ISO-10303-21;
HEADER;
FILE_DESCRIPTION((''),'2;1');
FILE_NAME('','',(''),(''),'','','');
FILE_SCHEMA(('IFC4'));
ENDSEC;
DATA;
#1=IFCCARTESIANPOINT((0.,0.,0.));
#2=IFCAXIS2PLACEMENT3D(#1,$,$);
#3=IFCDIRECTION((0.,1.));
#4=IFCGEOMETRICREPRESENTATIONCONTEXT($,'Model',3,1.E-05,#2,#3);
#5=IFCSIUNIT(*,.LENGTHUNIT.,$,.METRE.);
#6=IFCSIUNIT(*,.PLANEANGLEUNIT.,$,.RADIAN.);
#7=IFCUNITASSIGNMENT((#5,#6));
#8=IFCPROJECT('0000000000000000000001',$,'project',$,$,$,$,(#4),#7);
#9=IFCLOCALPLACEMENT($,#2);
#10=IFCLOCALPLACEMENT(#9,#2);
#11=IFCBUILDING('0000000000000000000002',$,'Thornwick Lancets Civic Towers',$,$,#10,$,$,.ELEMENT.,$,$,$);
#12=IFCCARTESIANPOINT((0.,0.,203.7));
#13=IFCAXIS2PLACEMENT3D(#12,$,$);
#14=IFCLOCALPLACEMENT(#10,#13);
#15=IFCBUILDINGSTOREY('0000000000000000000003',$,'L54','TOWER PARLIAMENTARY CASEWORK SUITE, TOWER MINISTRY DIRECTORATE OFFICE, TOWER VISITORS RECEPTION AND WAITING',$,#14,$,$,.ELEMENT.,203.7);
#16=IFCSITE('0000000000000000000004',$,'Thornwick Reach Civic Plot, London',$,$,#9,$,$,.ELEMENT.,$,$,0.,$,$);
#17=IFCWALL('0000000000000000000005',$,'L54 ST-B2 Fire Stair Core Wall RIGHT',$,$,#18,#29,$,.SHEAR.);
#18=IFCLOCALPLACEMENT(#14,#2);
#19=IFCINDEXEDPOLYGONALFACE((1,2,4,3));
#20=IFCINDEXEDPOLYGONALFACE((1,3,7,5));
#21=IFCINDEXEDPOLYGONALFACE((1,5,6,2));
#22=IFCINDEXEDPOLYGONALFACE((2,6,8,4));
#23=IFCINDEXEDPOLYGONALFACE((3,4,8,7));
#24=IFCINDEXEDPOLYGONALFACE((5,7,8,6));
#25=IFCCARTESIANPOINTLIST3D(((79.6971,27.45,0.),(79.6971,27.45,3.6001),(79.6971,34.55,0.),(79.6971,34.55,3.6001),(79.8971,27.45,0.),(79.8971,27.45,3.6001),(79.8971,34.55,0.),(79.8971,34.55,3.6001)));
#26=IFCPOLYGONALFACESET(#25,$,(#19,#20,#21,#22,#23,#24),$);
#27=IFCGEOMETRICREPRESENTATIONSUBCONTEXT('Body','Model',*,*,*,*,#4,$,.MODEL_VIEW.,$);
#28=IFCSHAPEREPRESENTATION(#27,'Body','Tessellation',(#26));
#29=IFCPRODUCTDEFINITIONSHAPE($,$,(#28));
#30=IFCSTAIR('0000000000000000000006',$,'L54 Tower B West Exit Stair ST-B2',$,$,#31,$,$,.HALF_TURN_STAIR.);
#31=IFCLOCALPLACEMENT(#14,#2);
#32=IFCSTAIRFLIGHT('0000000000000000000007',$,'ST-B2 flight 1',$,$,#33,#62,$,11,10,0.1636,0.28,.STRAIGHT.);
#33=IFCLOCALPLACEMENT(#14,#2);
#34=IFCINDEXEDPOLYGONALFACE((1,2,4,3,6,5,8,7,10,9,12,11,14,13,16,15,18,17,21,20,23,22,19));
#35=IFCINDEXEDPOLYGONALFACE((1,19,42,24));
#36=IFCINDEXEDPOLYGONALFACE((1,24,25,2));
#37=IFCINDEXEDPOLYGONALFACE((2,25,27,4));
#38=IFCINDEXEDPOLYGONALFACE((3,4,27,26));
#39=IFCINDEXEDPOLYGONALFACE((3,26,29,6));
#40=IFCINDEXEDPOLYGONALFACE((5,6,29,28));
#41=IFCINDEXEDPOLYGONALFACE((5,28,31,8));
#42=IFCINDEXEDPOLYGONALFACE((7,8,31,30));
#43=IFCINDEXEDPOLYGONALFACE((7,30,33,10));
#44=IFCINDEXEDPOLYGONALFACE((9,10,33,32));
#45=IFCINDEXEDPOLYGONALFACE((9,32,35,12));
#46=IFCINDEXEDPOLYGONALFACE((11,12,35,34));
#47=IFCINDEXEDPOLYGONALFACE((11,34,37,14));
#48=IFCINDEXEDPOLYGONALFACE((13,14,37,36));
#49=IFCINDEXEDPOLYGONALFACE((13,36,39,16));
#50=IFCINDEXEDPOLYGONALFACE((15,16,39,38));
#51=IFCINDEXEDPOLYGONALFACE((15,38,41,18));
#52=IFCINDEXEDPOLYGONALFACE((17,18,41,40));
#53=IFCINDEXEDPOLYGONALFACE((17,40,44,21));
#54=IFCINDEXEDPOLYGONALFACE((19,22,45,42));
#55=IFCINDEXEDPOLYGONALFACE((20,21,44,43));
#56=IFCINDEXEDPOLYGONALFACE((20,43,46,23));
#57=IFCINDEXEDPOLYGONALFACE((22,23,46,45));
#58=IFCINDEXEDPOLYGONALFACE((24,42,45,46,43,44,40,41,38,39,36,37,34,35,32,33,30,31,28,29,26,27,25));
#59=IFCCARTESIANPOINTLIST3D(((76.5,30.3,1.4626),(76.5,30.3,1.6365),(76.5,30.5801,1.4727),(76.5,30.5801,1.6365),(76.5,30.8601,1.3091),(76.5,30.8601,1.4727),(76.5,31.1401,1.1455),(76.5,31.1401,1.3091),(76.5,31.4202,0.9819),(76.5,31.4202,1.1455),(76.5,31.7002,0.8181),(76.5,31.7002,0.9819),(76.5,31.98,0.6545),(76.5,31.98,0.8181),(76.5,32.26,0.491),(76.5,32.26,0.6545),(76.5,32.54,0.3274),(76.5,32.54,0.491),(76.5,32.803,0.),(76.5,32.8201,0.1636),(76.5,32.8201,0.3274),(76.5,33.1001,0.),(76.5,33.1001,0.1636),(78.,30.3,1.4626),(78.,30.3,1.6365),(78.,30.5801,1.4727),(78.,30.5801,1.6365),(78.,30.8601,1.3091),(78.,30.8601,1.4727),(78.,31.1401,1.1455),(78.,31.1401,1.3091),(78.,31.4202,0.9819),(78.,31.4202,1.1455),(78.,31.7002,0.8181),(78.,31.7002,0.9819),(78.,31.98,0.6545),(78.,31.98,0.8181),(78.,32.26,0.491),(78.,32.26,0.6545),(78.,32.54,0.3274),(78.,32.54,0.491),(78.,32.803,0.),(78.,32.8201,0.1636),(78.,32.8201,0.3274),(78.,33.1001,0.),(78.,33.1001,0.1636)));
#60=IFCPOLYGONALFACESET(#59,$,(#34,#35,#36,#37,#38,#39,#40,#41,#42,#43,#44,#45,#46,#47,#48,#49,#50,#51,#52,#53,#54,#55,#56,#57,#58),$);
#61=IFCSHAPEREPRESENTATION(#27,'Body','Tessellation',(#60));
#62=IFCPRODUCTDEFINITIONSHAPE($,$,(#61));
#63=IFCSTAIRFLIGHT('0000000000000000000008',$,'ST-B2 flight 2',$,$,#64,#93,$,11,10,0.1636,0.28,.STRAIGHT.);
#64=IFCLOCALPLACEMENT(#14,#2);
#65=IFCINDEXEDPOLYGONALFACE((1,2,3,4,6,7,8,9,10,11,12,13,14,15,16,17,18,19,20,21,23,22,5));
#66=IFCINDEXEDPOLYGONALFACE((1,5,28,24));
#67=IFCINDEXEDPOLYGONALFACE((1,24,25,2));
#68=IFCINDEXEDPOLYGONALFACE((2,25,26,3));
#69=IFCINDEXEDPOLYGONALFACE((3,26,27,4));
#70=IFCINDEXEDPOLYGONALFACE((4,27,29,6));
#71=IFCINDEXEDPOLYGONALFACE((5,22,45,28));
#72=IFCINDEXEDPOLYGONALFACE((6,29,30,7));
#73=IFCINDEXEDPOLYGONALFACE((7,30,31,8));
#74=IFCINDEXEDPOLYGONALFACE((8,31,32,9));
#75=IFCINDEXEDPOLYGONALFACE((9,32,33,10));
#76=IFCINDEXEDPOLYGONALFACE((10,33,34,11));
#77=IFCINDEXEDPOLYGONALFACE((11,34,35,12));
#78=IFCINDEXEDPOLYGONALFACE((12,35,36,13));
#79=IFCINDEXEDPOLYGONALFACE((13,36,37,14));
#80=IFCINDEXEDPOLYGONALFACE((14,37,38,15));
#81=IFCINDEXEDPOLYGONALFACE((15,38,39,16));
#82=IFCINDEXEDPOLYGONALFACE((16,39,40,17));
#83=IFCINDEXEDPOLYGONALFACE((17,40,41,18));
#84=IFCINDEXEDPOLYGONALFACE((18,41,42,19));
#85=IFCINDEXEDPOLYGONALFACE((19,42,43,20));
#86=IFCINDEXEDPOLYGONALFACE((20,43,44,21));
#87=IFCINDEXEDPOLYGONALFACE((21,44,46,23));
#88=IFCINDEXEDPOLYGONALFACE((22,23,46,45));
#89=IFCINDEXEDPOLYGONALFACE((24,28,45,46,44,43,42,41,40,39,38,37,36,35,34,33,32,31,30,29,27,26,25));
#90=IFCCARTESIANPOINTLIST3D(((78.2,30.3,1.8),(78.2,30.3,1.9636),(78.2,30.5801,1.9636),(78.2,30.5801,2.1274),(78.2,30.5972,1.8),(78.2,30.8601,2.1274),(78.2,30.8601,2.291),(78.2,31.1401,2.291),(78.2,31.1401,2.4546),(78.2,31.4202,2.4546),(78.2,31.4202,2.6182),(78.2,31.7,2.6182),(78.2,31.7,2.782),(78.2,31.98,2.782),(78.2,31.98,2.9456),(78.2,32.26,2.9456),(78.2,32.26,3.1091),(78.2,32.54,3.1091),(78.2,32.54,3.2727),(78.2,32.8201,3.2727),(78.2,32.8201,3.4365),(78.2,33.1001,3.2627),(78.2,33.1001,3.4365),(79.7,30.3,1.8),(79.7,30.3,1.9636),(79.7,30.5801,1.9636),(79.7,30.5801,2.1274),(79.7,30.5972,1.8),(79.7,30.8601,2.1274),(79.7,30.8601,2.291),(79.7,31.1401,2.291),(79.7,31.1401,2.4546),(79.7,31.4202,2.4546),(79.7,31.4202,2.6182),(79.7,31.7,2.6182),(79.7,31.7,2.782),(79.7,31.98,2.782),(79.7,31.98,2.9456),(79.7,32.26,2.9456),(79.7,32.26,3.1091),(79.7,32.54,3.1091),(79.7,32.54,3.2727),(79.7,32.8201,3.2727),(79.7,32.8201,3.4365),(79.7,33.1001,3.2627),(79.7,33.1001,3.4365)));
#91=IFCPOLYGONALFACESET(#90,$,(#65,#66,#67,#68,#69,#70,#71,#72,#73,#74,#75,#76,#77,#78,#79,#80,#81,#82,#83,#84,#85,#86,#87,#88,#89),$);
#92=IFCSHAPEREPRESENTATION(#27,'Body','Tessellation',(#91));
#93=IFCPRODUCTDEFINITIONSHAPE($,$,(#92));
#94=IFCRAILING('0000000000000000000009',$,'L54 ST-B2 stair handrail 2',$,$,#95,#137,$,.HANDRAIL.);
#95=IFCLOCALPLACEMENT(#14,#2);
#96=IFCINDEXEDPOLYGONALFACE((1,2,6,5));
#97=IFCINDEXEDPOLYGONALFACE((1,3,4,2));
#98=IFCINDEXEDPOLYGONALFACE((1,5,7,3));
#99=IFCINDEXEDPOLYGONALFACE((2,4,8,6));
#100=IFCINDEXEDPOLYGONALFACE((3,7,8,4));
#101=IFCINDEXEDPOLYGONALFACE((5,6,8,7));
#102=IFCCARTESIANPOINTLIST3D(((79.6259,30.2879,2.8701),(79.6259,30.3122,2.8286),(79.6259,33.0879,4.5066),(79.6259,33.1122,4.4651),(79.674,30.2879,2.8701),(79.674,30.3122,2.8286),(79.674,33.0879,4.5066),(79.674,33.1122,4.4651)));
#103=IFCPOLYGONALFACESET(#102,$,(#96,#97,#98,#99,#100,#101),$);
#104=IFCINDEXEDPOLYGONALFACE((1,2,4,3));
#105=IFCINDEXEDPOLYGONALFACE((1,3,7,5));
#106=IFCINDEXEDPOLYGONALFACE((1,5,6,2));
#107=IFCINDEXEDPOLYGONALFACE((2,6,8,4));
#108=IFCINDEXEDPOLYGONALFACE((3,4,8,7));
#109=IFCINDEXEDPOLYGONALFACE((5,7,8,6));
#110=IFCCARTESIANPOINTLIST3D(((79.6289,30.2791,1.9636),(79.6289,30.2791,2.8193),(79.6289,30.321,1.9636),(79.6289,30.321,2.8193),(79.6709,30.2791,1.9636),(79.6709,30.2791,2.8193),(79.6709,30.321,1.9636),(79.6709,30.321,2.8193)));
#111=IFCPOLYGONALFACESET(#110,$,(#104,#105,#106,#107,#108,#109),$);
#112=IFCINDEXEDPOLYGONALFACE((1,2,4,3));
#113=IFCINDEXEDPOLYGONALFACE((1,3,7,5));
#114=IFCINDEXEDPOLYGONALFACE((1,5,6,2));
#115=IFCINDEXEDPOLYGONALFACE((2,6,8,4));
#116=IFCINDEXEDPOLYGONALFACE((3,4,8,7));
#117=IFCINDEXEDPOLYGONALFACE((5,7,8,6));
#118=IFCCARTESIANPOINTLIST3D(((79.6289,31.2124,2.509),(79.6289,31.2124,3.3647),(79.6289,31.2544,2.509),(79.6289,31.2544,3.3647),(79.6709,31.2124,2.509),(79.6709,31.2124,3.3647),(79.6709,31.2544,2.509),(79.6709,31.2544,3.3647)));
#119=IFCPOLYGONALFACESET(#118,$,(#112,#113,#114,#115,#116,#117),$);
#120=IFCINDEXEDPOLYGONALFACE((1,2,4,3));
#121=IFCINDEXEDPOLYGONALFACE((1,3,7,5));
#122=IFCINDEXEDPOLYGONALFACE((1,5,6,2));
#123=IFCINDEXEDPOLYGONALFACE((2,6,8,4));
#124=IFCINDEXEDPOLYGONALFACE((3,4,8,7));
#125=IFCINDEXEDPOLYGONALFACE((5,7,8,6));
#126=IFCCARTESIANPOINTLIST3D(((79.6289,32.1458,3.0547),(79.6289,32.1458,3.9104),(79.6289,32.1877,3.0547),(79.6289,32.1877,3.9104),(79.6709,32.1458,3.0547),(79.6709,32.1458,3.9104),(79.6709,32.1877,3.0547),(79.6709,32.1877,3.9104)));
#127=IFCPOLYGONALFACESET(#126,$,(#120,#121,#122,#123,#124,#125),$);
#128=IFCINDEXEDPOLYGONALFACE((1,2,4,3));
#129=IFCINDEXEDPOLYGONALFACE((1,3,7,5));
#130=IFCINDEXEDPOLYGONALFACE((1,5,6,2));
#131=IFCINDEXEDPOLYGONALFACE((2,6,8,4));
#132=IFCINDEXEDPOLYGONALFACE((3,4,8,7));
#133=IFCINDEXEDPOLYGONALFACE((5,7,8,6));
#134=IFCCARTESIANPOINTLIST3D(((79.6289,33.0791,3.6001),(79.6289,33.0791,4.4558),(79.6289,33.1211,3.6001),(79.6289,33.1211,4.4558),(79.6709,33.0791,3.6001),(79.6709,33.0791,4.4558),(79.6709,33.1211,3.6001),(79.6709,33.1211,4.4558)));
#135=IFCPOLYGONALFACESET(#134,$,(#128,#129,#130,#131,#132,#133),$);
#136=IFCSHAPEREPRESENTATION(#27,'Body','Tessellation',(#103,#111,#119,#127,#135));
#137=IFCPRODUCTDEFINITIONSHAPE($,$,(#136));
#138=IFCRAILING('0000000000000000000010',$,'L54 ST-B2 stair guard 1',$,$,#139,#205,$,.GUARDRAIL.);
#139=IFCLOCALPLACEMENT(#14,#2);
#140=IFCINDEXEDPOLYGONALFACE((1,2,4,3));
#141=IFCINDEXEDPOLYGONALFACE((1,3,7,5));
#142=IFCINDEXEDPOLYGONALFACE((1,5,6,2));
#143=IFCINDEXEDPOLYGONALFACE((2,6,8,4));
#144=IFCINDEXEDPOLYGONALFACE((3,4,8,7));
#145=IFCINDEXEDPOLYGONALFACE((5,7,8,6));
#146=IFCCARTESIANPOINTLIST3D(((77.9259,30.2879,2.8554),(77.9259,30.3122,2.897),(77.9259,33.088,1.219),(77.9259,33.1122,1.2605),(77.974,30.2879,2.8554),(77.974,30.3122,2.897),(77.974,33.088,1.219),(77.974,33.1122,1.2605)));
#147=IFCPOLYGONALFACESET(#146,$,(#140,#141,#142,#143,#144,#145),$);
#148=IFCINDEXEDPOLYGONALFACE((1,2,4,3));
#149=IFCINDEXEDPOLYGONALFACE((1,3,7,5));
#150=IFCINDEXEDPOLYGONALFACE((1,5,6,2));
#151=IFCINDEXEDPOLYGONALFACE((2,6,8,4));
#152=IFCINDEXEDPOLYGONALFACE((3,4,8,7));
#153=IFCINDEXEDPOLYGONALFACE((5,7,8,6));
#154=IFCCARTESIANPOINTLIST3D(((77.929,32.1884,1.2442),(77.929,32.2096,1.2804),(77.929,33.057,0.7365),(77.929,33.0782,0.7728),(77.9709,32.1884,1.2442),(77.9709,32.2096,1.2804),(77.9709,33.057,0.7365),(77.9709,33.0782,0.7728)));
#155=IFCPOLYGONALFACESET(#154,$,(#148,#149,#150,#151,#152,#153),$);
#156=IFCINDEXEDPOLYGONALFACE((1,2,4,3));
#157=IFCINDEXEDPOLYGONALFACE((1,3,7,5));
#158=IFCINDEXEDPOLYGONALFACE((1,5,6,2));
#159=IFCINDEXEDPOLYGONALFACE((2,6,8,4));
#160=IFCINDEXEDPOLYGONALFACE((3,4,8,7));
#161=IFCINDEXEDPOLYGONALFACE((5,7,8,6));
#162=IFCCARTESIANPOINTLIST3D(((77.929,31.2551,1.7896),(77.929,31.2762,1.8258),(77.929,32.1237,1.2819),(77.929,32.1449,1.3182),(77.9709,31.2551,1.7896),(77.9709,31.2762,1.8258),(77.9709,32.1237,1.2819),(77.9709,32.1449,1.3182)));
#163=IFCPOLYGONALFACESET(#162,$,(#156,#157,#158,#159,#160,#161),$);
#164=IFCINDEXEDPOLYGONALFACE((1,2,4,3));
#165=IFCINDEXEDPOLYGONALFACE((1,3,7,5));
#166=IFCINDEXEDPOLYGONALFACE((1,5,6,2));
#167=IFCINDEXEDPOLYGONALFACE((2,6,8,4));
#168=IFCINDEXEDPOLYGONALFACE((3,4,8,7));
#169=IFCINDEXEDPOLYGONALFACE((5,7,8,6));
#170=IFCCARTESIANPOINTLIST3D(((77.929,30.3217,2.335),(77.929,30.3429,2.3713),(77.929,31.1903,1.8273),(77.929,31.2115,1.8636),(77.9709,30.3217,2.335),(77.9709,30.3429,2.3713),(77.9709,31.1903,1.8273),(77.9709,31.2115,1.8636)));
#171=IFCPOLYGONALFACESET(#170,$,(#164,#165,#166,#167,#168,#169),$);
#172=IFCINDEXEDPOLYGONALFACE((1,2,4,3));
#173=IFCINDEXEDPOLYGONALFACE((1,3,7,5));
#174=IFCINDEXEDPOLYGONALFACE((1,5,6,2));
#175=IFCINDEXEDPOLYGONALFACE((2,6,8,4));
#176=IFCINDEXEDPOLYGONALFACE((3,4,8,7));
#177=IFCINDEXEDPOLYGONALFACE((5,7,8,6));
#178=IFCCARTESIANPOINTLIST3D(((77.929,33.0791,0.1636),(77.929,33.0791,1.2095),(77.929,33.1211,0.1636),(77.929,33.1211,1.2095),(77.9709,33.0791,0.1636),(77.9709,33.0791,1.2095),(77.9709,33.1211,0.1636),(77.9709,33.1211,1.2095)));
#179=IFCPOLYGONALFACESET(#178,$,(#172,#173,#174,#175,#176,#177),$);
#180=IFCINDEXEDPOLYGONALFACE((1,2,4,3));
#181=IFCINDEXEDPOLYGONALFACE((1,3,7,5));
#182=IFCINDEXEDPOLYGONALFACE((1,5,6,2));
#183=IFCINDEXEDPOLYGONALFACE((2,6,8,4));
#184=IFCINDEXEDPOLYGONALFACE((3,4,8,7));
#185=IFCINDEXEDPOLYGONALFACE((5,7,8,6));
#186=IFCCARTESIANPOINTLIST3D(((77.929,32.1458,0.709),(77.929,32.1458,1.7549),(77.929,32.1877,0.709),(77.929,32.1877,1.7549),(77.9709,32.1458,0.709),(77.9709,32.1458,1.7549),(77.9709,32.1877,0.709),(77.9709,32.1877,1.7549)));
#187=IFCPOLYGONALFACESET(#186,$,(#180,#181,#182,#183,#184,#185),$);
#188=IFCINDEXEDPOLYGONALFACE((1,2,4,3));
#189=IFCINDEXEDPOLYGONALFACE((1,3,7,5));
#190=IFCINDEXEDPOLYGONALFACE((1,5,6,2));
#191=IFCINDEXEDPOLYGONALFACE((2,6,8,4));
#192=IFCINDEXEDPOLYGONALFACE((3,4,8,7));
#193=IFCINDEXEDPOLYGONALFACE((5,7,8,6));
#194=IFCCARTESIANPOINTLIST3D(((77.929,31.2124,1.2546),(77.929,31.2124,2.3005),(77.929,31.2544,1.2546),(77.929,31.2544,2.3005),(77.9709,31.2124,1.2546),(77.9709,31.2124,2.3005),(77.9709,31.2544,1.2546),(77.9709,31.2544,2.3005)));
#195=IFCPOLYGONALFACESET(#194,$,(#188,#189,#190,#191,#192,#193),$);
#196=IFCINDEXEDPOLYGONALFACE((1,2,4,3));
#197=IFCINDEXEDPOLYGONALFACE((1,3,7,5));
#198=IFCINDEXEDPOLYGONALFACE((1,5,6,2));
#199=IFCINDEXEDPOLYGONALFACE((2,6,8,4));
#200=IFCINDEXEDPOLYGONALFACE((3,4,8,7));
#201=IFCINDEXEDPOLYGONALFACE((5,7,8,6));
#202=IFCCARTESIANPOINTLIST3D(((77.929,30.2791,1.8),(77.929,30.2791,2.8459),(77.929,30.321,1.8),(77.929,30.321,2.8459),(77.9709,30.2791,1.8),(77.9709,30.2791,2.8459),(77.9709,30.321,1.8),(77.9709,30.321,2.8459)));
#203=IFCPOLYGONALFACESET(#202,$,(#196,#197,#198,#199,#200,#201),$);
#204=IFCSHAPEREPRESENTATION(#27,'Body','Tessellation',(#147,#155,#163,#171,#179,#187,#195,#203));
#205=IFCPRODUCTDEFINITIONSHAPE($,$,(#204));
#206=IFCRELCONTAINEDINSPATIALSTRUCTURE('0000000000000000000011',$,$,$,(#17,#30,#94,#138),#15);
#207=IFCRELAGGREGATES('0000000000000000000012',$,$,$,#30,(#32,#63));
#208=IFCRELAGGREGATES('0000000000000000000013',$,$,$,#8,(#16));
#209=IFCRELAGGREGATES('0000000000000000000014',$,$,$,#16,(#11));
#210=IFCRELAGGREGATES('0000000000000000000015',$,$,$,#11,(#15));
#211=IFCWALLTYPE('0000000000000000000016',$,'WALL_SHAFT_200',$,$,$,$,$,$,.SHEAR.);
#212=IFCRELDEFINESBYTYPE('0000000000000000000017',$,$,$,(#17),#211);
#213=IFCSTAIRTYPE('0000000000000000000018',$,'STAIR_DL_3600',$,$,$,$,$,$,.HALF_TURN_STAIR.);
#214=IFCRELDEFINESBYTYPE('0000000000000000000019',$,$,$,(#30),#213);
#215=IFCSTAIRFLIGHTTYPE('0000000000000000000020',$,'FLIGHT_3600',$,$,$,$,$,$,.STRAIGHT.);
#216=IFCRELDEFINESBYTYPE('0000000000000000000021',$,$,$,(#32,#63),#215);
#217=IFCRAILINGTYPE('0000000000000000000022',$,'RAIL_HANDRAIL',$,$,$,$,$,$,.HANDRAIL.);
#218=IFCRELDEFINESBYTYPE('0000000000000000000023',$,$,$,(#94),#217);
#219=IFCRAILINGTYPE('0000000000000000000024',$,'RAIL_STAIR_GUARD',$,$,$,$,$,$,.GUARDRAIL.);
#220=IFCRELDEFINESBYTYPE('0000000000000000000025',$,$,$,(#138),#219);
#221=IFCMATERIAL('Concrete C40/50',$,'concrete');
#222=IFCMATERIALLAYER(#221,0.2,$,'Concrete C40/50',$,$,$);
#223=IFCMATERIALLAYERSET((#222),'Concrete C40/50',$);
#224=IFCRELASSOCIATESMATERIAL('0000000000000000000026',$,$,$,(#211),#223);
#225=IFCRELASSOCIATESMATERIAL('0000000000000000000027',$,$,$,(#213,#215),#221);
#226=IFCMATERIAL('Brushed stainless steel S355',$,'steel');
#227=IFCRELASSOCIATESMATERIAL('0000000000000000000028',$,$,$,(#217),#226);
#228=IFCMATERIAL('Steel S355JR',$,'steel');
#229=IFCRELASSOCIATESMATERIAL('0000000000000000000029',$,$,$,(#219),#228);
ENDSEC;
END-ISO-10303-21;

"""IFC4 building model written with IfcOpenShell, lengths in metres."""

from ifc_helpers import new_model, si_unit, direction, frame, frame_2d, origin, origin_2d, place, context, subcontext, project, spatial, polyline, rectangle, outline, extrude, material, layer, layer_set, type_object, element, aggregate, save


model = new_model("IFC4")

# Units and contexts
model_context = context("Model", 3, precision=1e-05, world=origin(), true_north=direction((0.0, 1.0)))
body_context = subcontext(model_context, "Body", "Model", "MODEL_VIEW")
ifc_project = project(units=[si_unit("LENGTHUNIT", "METRE"), si_unit("PLANEANGLEUNIT", "RADIAN")], contexts=[model_context])

# Site, building, storey
site_placement = place(None, origin())
site = spatial("IfcSite", under=ifc_project, at=site_placement, Name="Thornwick Reach Civic Plot, London", CompositionType="ELEMENT", RefElevation=0.0)
building_placement = place(site_placement, origin())
building = spatial("IfcBuilding", under=site, at=building_placement, Name="Thornwick Lancets Civic Towers", CompositionType="ELEMENT")
storey_placement = place(building_placement, frame((0.0, 0.0, 203.7)))
storey = spatial("IfcBuildingStorey", under=building, at=storey_placement, Name="L54", Description="TOWER PARLIAMENTARY CASEWORK SUITE, TOWER MINISTRY DIRECTORATE OFFICE, TOWER VISITORS RECEPTION AND WAITING", CompositionType="ELEMENT", Elevation=203.7)

# Shared definitions
ifc_material_1 = material(Name="Steel S355JR", Category="steel")

# Shared definitions
ifc_material_2 = material(Name="Concrete C40/50", Category="concrete")
ifc_layer_1 = layer(ifc_material_2, 0.2, Name="Concrete C40/50")
ifc_layer_set_1 = layer_set([ifc_layer_1], Name="Concrete C40/50")
wall_type_1 = type_object("IfcWallType", Name="WALL_SHAFT_200", PredefinedType="SHEAR", material=ifc_layer_set_1)

# Wall
wall_1_placement = place(storey_placement, frame((79.7971, 27.45, 0.0), z_axis=(0.0, 0.0, 1.0), x_axis=(0.0, 1.0, 0.0)))
element("IfcWall", 1, at=wall_1_placement, inside=storey, type_object=wall_type_1, Name="L54 ST-B2 Fire Stair Core Wall RIGHT", PredefinedType="SHEAR", context=body_context, shape_type="SweptSolid", body=[
    extrude(rectangle(XDim=7.1001, YDim=0.2, at=frame_2d((3.55, 0.0))), origin(), (0.0, 0.0, 1.0), 3.6001),
])

# Stair, stair flights
stair_type = type_object("IfcStairType", Name="STAIR_DL_3600", PredefinedType="HALF_TURN_STAIR", material=ifc_material_2)
stair_placement = place(storey_placement, origin())
stair = element("IfcStair", 2, at=stair_placement, inside=storey, type_object=stair_type, Name="L54 Tower B West Exit Stair ST-B2", PredefinedType="HALF_TURN_STAIR")
stair_flight_type = type_object("IfcStairFlightType", Name="FLIGHT_3600", PredefinedType="STRAIGHT", material=ifc_material_2)
stair_flight_1_placement = place(storey_placement, frame((77.25, 33.1001, 0.0), z_axis=(0.0, 0.0, 1.0), x_axis=(0.0, -1.0, 0.0)))
stair_flight_1 = element("IfcStairFlight", 3, at=stair_flight_1_placement, type_object=stair_flight_type, Name="ST-B2 flight 1", NumberOfRisers=11, NumberOfTreads=10, PredefinedType="STRAIGHT", RiserHeight=0.1636, TreadLength=0.28, context=body_context, shape_type="SweptSolid", body=[
    extrude(outline(polyline([(0.0, 0.0), (0.0, 0.1636), (0.28, 0.1636), (0.28, 0.3274), (0.5601, 0.3274), (0.5601, 0.491), (0.8401, 0.491), (0.8401, 0.6545), (1.1201, 0.6545), (1.1201, 0.8181), (1.3999, 0.8181), (1.3999, 0.9819), (1.6799, 0.9819), (1.6799, 1.1455), (1.96, 1.1455), (1.96, 1.3091), (2.24, 1.3091), (2.24, 1.4727), (2.52, 1.4727), (2.52, 1.6365), (2.8, 1.6365), (2.8, 1.8), (2.8, 1.4626), (0.2971, 0.0), (0.0, 0.0)])), frame((0.0, 0.75, 0.0), z_axis=(0.0, -1.0, 0.0), x_axis=(1.0, 0.0, 0.0)), (0.0, 0.0, 1.0), 1.5),
])
stair_flight_2_placement = place(storey_placement, frame((78.95, 30.3, 1.8), z_axis=(0.0, 0.0, 1.0), x_axis=(0.0, 1.0, 0.0)))
stair_flight_2 = element("IfcStairFlight", 4, at=stair_flight_2_placement, type_object=stair_flight_type, Name="ST-B2 flight 2", NumberOfRisers=11, NumberOfTreads=10, PredefinedType="STRAIGHT", RiserHeight=0.1636, TreadLength=0.28, context=body_context, shape_type="SweptSolid", body=[
    extrude(outline(polyline([(0.0, 0.0), (0.0, 0.1636), (0.28, 0.1636), (0.28, 0.3274), (0.5601, 0.3274), (0.5601, 0.491), (0.8401, 0.491), (0.8401, 0.6545), (1.1201, 0.6545), (1.1201, 0.8181), (1.3999, 0.8181), (1.3999, 0.9819), (1.6799, 0.9819), (1.6799, 1.1455), (1.96, 1.1455), (1.96, 1.3091), (2.24, 1.3091), (2.24, 1.4727), (2.52, 1.4727), (2.52, 1.6365), (2.8, 1.6365), (2.8, 1.8), (2.8, 1.4626), (0.2971, 0.0), (0.0, 0.0)])), frame((0.0, 0.75, 0.0), z_axis=(0.0, -1.0, 0.0), x_axis=(1.0, 0.0, 0.0)), (0.0, 0.0, 1.0), 1.5),
])
aggregate(stair, [stair_flight_1, stair_flight_2])

# Railings
ifc_material_3 = material(Name="Brushed stainless steel S355", Category="steel")
railing_type_1 = type_object("IfcRailingType", Name="RAIL_HANDRAIL", PredefinedType="HANDRAIL", material=ifc_material_3)
railing_1_placement = place(storey_placement, frame((79.6499, 30.3, 1.9636)))
element("IfcRailing", 5, at=railing_1_placement, inside=storey, type_object=railing_type_1, Name="L54 ST-B2 stair handrail 2", PredefinedType="HANDRAIL", context=body_context, shape_type="SweptSolid", body=[
    extrude(rectangle(XDim=0.0481, YDim=0.0481, at=origin_2d()), frame((0.0, 0.0, 0.8857), z_axis=(0.0, 0.863361, 0.504587), x_axis=(-1.0, 0.0, 0.0)), (0.0, 0.0, 1.0), 3.2432),
    extrude(rectangle(XDim=0.042, YDim=0.042, at=origin_2d()), origin(), (0.0, 0.0, 1.0), 0.8557),
    extrude(rectangle(XDim=0.042, YDim=0.042, at=origin_2d()), frame((0.0, 0.9333, 0.5454)), (0.0, 0.0, 1.0), 0.8557),
    extrude(rectangle(XDim=0.042, YDim=0.042, at=origin_2d()), frame((0.0, 1.8667, 1.0911)), (0.0, 0.0, 1.0), 0.8557),
    extrude(rectangle(XDim=0.042, YDim=0.042, at=origin_2d()), frame((0.0, 2.8, 1.6365)), (0.0, 0.0, 1.0), 0.8557),
])
railing_type_2 = type_object("IfcRailingType", Name="RAIL_STAIR_GUARD", PredefinedType="GUARDRAIL", material=ifc_material_1)
railing_2_placement = place(storey_placement, frame((77.95, 33.1001, 0.1636)))
element("IfcRailing", 6, at=railing_2_placement, inside=storey, type_object=railing_type_2, Name="L54 ST-B2 stair guard 1", PredefinedType="GUARDRAIL", context=body_context, shape_type="SweptSolid", body=[
    extrude(rectangle(XDim=0.0481, YDim=0.0481, at=origin_2d()), frame((0.0, 0.0, 1.0762), z_axis=(0.0, -0.863361, 0.504587), x_axis=(1.0, 0.0, 0.0)), (0.0, 0.0, 1.0), 3.2432),
    extrude(rectangle(XDim=0.042, YDim=0.042, at=origin_2d()), frame((0.0, -0.0325, 0.5911), z_axis=(0.0, -0.863361, 0.504587), x_axis=(1.0, 0.0, 0.0)), (0.0, 0.0, 1.0), 1.0061),
    extrude(rectangle(XDim=0.042, YDim=0.042, at=origin_2d()), frame((0.0, -0.9658, 1.1365), z_axis=(0.0, -0.863361, 0.504587), x_axis=(1.0, 0.0, 0.0)), (0.0, 0.0, 1.0), 1.0061),
    extrude(rectangle(XDim=0.042, YDim=0.042, at=origin_2d()), frame((0.0, -1.8992, 1.6819), z_axis=(0.0, -0.863361, 0.504587), x_axis=(1.0, 0.0, 0.0)), (0.0, 0.0, 1.0), 1.0061),
    extrude(rectangle(XDim=0.042, YDim=0.042, at=origin_2d()), origin(), (0.0, 0.0, 1.0), 1.0459),
    extrude(rectangle(XDim=0.042, YDim=0.042, at=origin_2d()), frame((0.0, -0.9333, 0.5454)), (0.0, 0.0, 1.0), 1.0459),
    extrude(rectangle(XDim=0.042, YDim=0.042, at=origin_2d()), frame((0.0, -1.8667, 1.0911)), (0.0, 0.0, 1.0), 1.0459),
    extrude(rectangle(XDim=0.042, YDim=0.042, at=origin_2d()), frame((0.0, -2.8, 1.6365)), (0.0, 0.0, 1.0), 1.0459),
])

save(model, "model.ifc")
